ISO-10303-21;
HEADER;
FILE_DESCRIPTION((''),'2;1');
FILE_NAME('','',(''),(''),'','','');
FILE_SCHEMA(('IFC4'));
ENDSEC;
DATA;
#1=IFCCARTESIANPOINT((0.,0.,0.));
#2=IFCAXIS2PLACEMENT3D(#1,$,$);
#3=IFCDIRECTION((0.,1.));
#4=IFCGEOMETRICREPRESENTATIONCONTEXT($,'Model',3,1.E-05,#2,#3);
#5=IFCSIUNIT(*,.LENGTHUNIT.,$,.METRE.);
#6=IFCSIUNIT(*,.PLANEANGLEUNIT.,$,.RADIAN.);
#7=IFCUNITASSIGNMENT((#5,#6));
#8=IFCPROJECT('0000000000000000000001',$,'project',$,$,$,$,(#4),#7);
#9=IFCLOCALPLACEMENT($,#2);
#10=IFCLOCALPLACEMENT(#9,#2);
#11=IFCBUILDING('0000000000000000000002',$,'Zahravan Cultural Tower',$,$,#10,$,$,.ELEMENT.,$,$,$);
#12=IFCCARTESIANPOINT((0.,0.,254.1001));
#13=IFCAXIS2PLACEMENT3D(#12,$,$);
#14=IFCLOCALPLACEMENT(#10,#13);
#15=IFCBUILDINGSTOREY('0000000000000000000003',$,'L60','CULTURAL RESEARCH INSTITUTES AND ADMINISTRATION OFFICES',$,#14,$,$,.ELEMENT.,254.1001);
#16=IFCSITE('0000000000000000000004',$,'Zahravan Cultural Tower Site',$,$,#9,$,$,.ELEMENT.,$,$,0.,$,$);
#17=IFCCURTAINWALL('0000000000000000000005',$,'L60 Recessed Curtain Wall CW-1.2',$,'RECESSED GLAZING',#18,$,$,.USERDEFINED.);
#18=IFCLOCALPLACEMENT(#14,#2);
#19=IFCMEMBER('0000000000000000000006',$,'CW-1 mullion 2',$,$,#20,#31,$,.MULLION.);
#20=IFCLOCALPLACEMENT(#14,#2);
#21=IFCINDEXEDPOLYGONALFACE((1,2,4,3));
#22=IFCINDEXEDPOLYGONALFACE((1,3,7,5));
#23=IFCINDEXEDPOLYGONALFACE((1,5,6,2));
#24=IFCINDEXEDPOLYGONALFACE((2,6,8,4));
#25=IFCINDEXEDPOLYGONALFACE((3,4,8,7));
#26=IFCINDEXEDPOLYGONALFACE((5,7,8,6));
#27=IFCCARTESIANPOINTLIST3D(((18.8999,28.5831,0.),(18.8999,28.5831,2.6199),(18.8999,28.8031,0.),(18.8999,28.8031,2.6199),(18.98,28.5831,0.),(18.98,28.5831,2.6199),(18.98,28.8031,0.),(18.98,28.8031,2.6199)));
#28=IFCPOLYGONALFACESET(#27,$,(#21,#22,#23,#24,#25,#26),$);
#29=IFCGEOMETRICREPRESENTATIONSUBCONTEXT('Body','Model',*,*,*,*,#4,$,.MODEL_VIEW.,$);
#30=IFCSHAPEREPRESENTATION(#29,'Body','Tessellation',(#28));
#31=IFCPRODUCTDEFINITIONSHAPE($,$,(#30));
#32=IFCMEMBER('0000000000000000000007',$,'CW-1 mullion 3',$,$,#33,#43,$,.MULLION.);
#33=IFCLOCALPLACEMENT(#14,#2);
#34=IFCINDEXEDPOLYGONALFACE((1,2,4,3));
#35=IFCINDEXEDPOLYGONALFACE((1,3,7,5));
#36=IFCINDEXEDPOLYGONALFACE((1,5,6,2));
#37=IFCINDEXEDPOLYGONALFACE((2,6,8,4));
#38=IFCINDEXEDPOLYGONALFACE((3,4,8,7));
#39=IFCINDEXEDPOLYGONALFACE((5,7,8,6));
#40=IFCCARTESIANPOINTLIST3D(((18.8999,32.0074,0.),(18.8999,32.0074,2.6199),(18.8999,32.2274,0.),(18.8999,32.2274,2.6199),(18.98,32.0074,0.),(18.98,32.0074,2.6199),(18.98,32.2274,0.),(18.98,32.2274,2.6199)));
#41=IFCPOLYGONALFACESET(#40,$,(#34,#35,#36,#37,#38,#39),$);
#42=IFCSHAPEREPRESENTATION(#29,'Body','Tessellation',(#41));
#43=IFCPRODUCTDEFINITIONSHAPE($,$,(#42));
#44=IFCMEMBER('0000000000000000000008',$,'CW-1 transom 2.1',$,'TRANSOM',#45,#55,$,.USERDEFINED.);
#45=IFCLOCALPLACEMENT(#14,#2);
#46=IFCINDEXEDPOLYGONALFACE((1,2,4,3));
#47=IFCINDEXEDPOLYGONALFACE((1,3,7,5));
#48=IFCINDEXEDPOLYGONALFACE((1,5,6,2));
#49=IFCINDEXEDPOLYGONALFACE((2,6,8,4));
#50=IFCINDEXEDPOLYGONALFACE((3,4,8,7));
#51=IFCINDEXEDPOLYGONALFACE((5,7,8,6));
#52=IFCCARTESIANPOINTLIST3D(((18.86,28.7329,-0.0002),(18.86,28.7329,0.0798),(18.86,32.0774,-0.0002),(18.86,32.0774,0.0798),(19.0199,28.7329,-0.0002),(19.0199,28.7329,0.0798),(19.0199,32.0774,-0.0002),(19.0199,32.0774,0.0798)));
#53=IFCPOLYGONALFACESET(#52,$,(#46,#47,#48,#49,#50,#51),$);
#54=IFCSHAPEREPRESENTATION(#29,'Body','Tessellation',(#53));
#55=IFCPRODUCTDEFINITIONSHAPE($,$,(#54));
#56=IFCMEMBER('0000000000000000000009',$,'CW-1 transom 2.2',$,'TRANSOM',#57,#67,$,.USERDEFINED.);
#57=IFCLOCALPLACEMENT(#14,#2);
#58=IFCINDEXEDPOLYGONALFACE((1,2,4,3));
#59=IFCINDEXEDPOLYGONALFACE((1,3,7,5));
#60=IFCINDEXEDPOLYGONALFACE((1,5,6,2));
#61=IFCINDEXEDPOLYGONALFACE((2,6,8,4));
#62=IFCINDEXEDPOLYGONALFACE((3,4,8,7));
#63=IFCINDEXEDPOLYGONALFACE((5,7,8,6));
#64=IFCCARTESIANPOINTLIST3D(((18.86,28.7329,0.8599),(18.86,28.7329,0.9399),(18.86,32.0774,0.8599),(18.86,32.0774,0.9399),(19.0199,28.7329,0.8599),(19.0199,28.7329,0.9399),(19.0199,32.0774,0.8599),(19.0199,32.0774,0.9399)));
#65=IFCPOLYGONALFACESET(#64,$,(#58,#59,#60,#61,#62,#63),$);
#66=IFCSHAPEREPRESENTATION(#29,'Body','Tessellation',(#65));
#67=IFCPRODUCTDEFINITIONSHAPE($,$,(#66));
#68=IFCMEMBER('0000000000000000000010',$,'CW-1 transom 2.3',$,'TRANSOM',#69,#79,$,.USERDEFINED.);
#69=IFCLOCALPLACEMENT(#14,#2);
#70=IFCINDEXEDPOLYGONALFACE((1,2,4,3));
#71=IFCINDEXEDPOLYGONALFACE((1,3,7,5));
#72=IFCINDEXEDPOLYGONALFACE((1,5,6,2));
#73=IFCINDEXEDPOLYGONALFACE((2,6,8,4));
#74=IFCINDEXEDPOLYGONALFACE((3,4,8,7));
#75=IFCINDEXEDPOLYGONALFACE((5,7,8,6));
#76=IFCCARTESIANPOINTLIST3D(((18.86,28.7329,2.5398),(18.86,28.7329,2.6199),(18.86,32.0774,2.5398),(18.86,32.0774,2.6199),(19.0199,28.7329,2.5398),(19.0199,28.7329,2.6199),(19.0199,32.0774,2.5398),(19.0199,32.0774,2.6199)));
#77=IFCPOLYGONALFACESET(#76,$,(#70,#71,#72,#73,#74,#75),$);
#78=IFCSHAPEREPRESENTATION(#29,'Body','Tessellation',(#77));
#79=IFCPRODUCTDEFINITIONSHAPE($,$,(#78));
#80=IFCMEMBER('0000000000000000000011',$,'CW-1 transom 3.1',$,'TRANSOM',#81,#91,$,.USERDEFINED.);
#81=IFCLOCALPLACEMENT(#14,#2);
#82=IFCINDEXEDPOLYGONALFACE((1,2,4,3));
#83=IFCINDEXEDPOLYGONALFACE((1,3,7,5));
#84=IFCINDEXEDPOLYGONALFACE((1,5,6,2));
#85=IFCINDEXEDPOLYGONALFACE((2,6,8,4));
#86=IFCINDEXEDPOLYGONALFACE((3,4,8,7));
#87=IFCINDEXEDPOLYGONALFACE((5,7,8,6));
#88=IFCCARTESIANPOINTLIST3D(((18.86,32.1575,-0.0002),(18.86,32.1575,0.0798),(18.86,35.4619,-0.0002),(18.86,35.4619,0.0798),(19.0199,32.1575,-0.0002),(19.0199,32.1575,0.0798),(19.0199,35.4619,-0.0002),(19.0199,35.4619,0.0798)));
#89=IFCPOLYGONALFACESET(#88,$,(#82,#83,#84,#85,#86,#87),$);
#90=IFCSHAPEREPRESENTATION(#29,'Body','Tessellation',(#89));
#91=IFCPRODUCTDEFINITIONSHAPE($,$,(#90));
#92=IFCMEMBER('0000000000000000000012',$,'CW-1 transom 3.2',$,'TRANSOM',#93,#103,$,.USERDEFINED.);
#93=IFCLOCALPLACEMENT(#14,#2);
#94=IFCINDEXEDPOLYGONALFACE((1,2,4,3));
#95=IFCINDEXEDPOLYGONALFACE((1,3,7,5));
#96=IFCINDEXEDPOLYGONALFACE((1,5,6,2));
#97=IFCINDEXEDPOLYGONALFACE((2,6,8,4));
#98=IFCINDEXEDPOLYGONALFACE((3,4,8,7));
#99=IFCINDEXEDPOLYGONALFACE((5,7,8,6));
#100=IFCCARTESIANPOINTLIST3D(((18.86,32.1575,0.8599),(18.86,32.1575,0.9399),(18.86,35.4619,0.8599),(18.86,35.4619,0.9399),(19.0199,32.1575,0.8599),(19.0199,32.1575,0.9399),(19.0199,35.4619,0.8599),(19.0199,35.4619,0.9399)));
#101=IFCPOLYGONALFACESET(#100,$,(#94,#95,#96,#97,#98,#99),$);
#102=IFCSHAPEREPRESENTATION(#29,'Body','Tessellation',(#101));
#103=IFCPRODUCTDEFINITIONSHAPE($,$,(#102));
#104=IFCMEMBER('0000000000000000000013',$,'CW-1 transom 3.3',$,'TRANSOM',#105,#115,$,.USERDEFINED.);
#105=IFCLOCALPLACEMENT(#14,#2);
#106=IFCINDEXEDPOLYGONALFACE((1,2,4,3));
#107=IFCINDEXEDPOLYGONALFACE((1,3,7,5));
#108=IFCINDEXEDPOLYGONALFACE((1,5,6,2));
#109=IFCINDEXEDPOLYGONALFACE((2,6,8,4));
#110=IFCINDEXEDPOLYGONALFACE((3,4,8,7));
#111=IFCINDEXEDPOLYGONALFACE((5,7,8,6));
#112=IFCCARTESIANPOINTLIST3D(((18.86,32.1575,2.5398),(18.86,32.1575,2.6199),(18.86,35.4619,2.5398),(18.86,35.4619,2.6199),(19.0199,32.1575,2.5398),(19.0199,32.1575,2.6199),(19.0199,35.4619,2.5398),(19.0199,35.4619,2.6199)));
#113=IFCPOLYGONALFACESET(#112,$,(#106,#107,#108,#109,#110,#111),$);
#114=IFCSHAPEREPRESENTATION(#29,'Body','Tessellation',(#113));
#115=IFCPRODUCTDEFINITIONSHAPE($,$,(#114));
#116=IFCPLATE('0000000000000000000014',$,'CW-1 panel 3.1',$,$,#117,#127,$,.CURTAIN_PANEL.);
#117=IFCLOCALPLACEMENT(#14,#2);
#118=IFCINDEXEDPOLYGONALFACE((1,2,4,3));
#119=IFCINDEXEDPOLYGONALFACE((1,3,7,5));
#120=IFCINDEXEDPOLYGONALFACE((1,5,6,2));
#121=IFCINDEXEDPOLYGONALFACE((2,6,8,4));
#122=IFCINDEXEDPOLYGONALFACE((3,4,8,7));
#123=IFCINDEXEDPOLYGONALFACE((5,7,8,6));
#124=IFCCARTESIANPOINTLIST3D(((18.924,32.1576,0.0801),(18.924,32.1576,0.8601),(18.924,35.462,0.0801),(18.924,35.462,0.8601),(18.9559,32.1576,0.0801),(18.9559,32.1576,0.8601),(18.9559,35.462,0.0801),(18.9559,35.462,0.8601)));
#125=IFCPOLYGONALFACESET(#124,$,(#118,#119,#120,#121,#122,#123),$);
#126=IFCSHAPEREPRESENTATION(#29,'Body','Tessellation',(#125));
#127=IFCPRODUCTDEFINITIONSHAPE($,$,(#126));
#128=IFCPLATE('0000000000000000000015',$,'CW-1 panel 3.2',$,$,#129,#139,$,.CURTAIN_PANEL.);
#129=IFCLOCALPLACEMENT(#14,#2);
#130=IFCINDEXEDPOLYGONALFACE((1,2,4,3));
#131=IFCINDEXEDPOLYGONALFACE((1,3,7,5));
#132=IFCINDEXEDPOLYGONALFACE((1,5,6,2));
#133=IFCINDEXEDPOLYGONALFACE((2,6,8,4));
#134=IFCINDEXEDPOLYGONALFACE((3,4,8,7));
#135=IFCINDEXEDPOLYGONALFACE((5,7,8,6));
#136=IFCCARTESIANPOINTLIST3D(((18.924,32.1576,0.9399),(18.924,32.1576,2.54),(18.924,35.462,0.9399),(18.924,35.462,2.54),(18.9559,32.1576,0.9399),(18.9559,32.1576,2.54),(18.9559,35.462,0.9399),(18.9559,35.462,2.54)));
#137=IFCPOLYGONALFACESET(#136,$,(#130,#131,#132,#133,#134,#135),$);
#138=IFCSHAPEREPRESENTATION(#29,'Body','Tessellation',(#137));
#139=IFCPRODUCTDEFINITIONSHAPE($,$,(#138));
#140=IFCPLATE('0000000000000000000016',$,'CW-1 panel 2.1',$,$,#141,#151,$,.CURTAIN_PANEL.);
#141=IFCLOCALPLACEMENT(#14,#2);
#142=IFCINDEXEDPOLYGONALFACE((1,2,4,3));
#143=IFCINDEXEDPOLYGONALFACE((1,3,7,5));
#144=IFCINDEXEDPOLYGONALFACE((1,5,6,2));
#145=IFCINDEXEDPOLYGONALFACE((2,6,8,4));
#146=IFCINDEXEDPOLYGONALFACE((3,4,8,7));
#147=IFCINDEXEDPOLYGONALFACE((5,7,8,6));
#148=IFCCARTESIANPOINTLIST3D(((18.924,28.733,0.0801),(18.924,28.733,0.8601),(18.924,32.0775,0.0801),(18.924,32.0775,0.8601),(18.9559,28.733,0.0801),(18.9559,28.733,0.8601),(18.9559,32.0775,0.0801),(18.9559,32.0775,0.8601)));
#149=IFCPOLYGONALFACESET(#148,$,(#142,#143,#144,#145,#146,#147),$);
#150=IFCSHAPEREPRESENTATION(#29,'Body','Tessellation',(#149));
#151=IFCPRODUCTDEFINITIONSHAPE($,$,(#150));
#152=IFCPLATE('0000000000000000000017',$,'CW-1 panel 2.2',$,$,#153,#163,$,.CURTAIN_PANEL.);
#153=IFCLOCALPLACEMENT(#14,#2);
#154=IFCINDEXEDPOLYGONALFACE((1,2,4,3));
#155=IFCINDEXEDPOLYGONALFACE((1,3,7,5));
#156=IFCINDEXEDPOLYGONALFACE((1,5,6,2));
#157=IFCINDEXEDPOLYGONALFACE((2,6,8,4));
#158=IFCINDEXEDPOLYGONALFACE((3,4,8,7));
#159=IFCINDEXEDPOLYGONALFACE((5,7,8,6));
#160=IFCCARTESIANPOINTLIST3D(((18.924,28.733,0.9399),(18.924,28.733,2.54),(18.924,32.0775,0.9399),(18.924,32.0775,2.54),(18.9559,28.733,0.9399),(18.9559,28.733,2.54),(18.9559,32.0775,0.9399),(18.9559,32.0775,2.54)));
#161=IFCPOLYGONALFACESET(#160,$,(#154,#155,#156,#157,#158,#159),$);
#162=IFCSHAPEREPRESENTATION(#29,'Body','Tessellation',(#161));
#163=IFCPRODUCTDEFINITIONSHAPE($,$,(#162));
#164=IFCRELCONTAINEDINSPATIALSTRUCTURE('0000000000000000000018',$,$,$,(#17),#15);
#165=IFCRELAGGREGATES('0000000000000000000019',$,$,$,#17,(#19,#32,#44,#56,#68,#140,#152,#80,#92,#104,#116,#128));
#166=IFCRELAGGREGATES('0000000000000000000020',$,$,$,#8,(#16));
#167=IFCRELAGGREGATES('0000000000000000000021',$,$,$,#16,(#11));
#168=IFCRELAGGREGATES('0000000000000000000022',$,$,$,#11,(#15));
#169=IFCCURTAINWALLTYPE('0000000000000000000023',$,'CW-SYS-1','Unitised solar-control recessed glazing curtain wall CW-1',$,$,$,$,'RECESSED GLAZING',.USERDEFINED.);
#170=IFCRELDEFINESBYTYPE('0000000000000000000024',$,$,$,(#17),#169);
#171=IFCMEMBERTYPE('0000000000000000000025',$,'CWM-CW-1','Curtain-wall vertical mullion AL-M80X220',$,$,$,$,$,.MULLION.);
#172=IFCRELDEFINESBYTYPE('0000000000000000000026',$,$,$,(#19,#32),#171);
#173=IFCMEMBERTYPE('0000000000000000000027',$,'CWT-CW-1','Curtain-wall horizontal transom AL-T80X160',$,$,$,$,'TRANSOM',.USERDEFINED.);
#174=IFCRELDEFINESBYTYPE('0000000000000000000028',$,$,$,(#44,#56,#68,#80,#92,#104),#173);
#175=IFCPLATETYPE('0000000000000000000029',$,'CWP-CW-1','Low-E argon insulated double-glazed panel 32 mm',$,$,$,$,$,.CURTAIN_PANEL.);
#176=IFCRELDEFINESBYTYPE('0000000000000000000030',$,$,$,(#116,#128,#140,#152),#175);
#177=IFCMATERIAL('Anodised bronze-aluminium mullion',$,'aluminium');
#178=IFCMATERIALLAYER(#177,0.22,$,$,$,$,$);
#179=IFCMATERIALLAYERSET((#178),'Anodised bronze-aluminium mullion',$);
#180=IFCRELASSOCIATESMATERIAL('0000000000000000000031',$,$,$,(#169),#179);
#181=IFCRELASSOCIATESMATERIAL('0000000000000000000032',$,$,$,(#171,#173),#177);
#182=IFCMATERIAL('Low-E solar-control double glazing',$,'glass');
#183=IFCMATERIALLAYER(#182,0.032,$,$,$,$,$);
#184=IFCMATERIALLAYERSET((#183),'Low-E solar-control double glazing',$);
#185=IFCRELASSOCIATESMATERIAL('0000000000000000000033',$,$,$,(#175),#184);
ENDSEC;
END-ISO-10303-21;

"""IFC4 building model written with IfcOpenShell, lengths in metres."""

from ifc_helpers import new_model, si_unit, direction, frame, origin, origin_2d, place, context, subcontext, project, spatial, rectangle, extrude, source, transform, mapped, material, layer, layer_set, material_profile, profile_set, type_object, element, aggregate, save


model = new_model("IFC4")

# Units and contexts
model_context = context("Model", 3, precision=1e-05, world=origin(), true_north=direction((0.0, 1.0)))
body_context = subcontext(model_context, "Body", "Model", "MODEL_VIEW")
ifc_project = project(units=[si_unit("LENGTHUNIT", "METRE"), si_unit("PLANEANGLEUNIT", "RADIAN")], contexts=[model_context])

# Site, building, storey
site_placement = place(None, origin())
site = spatial("IfcSite", under=ifc_project, at=site_placement, Name="Zahravan Cultural Tower Site", CompositionType="ELEMENT", RefElevation=0.0)
building_placement = place(site_placement, origin())
building = spatial("IfcBuilding", under=site, at=building_placement, Name="Zahravan Cultural Tower", CompositionType="ELEMENT")
storey_placement = place(building_placement, frame((0.0, 0.0, 254.1001)))
storey = spatial("IfcBuildingStorey", under=building, at=storey_placement, Name="L60", Description="CULTURAL RESEARCH INSTITUTES AND ADMINISTRATION OFFICES", CompositionType="ELEMENT", Elevation=254.1001)

# Curtain wall, members, plates
ifc_material_1 = material(Name="Anodised bronze-aluminium mullion", Category="aluminium")
ifc_layer_1 = layer(ifc_material_1, 0.22)
ifc_layer_set_1 = layer_set([ifc_layer_1], Name="Anodised bronze-aluminium mullion")
curtain_wall_type = type_object("IfcCurtainWallType", Name="CW-SYS-1", Description="Unitised solar-control recessed glazing curtain wall CW-1", ElementType="RECESSED GLAZING", PredefinedType="USERDEFINED", material=ifc_layer_set_1)
curtain_wall_placement = place(storey_placement, origin())
curtain_wall = element("IfcCurtainWall", 1, at=curtain_wall_placement, inside=storey, type_object=curtain_wall_type, Name="L60 Recessed Curtain Wall CW-1.2", ObjectType="RECESSED GLAZING", PredefinedType="USERDEFINED")
ifc_material_profile_1 = material_profile(ifc_material_1, rectangle(XDim=0.0801, YDim=0.22, at=origin_2d()), Name="AL-M80X220")
ifc_profile_set_1 = profile_set([ifc_material_profile_1], Name="Anodised bronze-aluminium mullion")
member_type_1 = type_object("IfcMemberType", Name="CWM-CW-1", Description="Curtain-wall vertical mullion AL-M80X220", PredefinedType="MULLION", material=ifc_profile_set_1)
shared_shape_1 = source(origin(), body_context, "Body", "SweptSolid", [
    extrude(rectangle(XDim=0.0801, YDim=0.22, at=origin_2d()), origin(), (0.0, 0.0, 1.0), 2.6199),
])
member_1_placement = place(storey_placement, frame((18.9399, 28.6931, 0.0), z_axis=(0.0, 0.0, 1.0), x_axis=(-1.0, 0.0, 0.0)))
member_1 = element("IfcMember", 2, at=member_1_placement, type_object=member_type_1, Name="CW-1 mullion 2", PredefinedType="MULLION", context=body_context, shape_type="MappedRepresentation", body=[
    mapped(shared_shape_1, transform((0.0, 0.0, 0.0), x_axis=(1.0, 0.0, 0.0), y_axis=(0.0, 1.0, 0.0), z_axis=(0.0, 0.0, 1.0), scale=1.0)),
])
member_2_placement = place(storey_placement, frame((18.9399, 32.1174, 0.0), z_axis=(0.0, 0.0, 1.0), x_axis=(-1.0, 0.0, 0.0)))
member_2 = element("IfcMember", 3, at=member_2_placement, type_object=member_type_1, Name="CW-1 mullion 3", PredefinedType="MULLION", context=body_context, shape_type="MappedRepresentation", body=[
    mapped(shared_shape_1, transform((0.0, 0.0, 0.0), x_axis=(1.0, 0.0, 0.0), y_axis=(0.0, 1.0, 0.0), z_axis=(0.0, 0.0, 1.0), scale=1.0)),
])
ifc_material_profile_2 = material_profile(ifc_material_1, rectangle(XDim=0.1599, YDim=0.0801, at=origin_2d()), Name="AL-T80X160")
ifc_profile_set_2 = profile_set([ifc_material_profile_2], Name="Anodised bronze-aluminium mullion")
member_type_2 = type_object("IfcMemberType", Name="CWT-CW-1", Description="Curtain-wall horizontal transom AL-T80X160", ElementType="TRANSOM", PredefinedType="USERDEFINED", material=ifc_profile_set_2)
shared_shape_2 = source(origin(), body_context, "Body", "SweptSolid", [
    extrude(rectangle(XDim=0.1599, YDim=0.0801, at=origin_2d()), origin(), (0.0, 0.0, 1.0), 3.3445),
])
member_3_placement = place(storey_placement, frame((18.9399, 28.7329, 0.0398), z_axis=(0.0, 1.0, 0.0), x_axis=(-1.0, 0.0, 0.0)))
member_3 = element("IfcMember", 4, at=member_3_placement, type_object=member_type_2, Name="CW-1 transom 2.1", ObjectType="TRANSOM", PredefinedType="USERDEFINED", context=body_context, shape_type="MappedRepresentation", body=[
    mapped(shared_shape_2, transform((0.0, 0.0, 0.0), x_axis=(1.0, 0.0, 0.0), y_axis=(0.0, 1.0, 0.0), z_axis=(0.0, 0.0, 1.0), scale=1.0)),
])
member_4_placement = place(storey_placement, frame((18.9399, 28.7329, 0.8999), z_axis=(0.0, 1.0, 0.0), x_axis=(-1.0, 0.0, 0.0)))
member_4 = element("IfcMember", 5, at=member_4_placement, type_object=member_type_2, Name="CW-1 transom 2.2", ObjectType="TRANSOM", PredefinedType="USERDEFINED", context=body_context, shape_type="MappedRepresentation", body=[
    mapped(shared_shape_2, transform((0.0, 0.0, 0.0), x_axis=(1.0, 0.0, 0.0), y_axis=(0.0, 1.0, 0.0), z_axis=(0.0, 0.0, 1.0), scale=1.0)),
])
member_5_placement = place(storey_placement, frame((18.9399, 28.7329, 2.5798), z_axis=(0.0, 1.0, 0.0), x_axis=(-1.0, 0.0, 0.0)))
member_5 = element("IfcMember", 6, at=member_5_placement, type_object=member_type_2, Name="CW-1 transom 2.3", ObjectType="TRANSOM", PredefinedType="USERDEFINED", context=body_context, shape_type="MappedRepresentation", body=[
    mapped(shared_shape_2, transform((0.0, 0.0, 0.0), x_axis=(1.0, 0.0, 0.0), y_axis=(0.0, 1.0, 0.0), z_axis=(0.0, 0.0, 1.0), scale=1.0)),
])
shared_shape_3 = source(origin(), body_context, "Body", "SweptSolid", [
    extrude(rectangle(XDim=0.1599, YDim=0.0801, at=origin_2d()), origin(), (0.0, 0.0, 1.0), 3.3044),
])
member_6_placement = place(storey_placement, frame((18.9399, 32.1575, 0.0398), z_axis=(0.0, 1.0, 0.0), x_axis=(-1.0, 0.0, 0.0)))
member_6 = element("IfcMember", 7, at=member_6_placement, type_object=member_type_2, Name="CW-1 transom 3.1", ObjectType="TRANSOM", PredefinedType="USERDEFINED", context=body_context, shape_type="MappedRepresentation", body=[
    mapped(shared_shape_3, transform((0.0, 0.0, 0.0), x_axis=(1.0, 0.0, 0.0), y_axis=(0.0, 1.0, 0.0), z_axis=(0.0, 0.0, 1.0), scale=1.0)),
])
member_7_placement = place(storey_placement, frame((18.9399, 32.1575, 0.8999), z_axis=(0.0, 1.0, 0.0), x_axis=(-1.0, 0.0, 0.0)))
member_7 = element("IfcMember", 8, at=member_7_placement, type_object=member_type_2, Name="CW-1 transom 3.2", ObjectType="TRANSOM", PredefinedType="USERDEFINED", context=body_context, shape_type="MappedRepresentation", body=[
    mapped(shared_shape_3, transform((0.0, 0.0, 0.0), x_axis=(1.0, 0.0, 0.0), y_axis=(0.0, 1.0, 0.0), z_axis=(0.0, 0.0, 1.0), scale=1.0)),
])
member_8_placement = place(storey_placement, frame((18.9399, 32.1575, 2.5798), z_axis=(0.0, 1.0, 0.0), x_axis=(-1.0, 0.0, 0.0)))
member_8 = element("IfcMember", 9, at=member_8_placement, type_object=member_type_2, Name="CW-1 transom 3.3", ObjectType="TRANSOM", PredefinedType="USERDEFINED", context=body_context, shape_type="MappedRepresentation", body=[
    mapped(shared_shape_3, transform((0.0, 0.0, 0.0), x_axis=(1.0, 0.0, 0.0), y_axis=(0.0, 1.0, 0.0), z_axis=(0.0, 0.0, 1.0), scale=1.0)),
])
ifc_material_2 = material(Name="Low-E solar-control double glazing", Category="glass")
ifc_layer_2 = layer(ifc_material_2, 0.032)
ifc_layer_set_2 = layer_set([ifc_layer_2], Name="Low-E solar-control double glazing")
plate_type = type_object("IfcPlateType", Name="CWP-CW-1", Description="Low-E argon insulated double-glazed panel 32 mm", PredefinedType="CURTAIN_PANEL", material=ifc_layer_set_2)
shared_shape_4 = source(origin(), body_context, "Body", "SweptSolid", [
    extrude(rectangle(XDim=3.3044, YDim=0.032, at=origin_2d()), origin(), (0.0, 0.0, 1.0), 0.78),
])
plate_1_placement = place(storey_placement, frame((18.9399, 33.8098, 0.0801), z_axis=(0.0, 0.0, 1.0), x_axis=(0.0, 1.0, 0.0)))
plate_1 = element("IfcPlate", 10, at=plate_1_placement, type_object=plate_type, Name="CW-1 panel 3.1", PredefinedType="CURTAIN_PANEL", context=body_context, shape_type="MappedRepresentation", body=[
    mapped(shared_shape_4, transform((0.0, 0.0, 0.0), x_axis=(1.0, 0.0, 0.0), y_axis=(0.0, 1.0, 0.0), z_axis=(0.0, 0.0, 1.0), scale=1.0)),
])
shared_shape_5 = source(origin(), body_context, "Body", "SweptSolid", [
    extrude(rectangle(XDim=3.3044, YDim=0.032, at=origin_2d()), origin(), (0.0, 0.0, 1.0), 1.6001),
])
plate_2_placement = place(storey_placement, frame((18.9399, 33.8098, 0.9399), z_axis=(0.0, 0.0, 1.0), x_axis=(0.0, 1.0, 0.0)))
plate_2 = element("IfcPlate", 11, at=plate_2_placement, type_object=plate_type, Name="CW-1 panel 3.2", PredefinedType="CURTAIN_PANEL", context=body_context, shape_type="MappedRepresentation", body=[
    mapped(shared_shape_5, transform((0.0, 0.0, 0.0), x_axis=(1.0, 0.0, 0.0), y_axis=(0.0, 1.0, 0.0), z_axis=(0.0, 0.0, 1.0), scale=1.0)),
])
shared_shape_6 = source(origin(), body_context, "Body", "SweptSolid", [
    extrude(rectangle(XDim=3.3445, YDim=0.032, at=origin_2d()), origin(), (0.0, 0.0, 1.0), 0.78),
])
plate_3_placement = place(storey_placement, frame((18.9399, 30.4053, 0.0801), z_axis=(0.0, 0.0, 1.0), x_axis=(0.0, 1.0, 0.0)))
plate_3 = element("IfcPlate", 12, at=plate_3_placement, type_object=plate_type, Name="CW-1 panel 2.1", PredefinedType="CURTAIN_PANEL", context=body_context, shape_type="MappedRepresentation", body=[
    mapped(shared_shape_6, transform((0.0, 0.0, 0.0), x_axis=(1.0, 0.0, 0.0), y_axis=(0.0, 1.0, 0.0), z_axis=(0.0, 0.0, 1.0), scale=1.0)),
])
shared_shape_7 = source(origin(), body_context, "Body", "SweptSolid", [
    extrude(rectangle(XDim=3.3445, YDim=0.032, at=origin_2d()), origin(), (0.0, 0.0, 1.0), 1.6001),
])
plate_4_placement = place(storey_placement, frame((18.9399, 30.4053, 0.9399), z_axis=(0.0, 0.0, 1.0), x_axis=(0.0, 1.0, 0.0)))
plate_4 = element("IfcPlate", 13, at=plate_4_placement, type_object=plate_type, Name="CW-1 panel 2.2", PredefinedType="CURTAIN_PANEL", context=body_context, shape_type="MappedRepresentation", body=[
    mapped(shared_shape_7, transform((0.0, 0.0, 0.0), x_axis=(1.0, 0.0, 0.0), y_axis=(0.0, 1.0, 0.0), z_axis=(0.0, 0.0, 1.0), scale=1.0)),
])
aggregate(curtain_wall, [member_1, member_2, member_3, member_4, member_5, plate_3, plate_4, member_6, member_7, member_8, plate_1, plate_2])

save(model, "model.ifc")
